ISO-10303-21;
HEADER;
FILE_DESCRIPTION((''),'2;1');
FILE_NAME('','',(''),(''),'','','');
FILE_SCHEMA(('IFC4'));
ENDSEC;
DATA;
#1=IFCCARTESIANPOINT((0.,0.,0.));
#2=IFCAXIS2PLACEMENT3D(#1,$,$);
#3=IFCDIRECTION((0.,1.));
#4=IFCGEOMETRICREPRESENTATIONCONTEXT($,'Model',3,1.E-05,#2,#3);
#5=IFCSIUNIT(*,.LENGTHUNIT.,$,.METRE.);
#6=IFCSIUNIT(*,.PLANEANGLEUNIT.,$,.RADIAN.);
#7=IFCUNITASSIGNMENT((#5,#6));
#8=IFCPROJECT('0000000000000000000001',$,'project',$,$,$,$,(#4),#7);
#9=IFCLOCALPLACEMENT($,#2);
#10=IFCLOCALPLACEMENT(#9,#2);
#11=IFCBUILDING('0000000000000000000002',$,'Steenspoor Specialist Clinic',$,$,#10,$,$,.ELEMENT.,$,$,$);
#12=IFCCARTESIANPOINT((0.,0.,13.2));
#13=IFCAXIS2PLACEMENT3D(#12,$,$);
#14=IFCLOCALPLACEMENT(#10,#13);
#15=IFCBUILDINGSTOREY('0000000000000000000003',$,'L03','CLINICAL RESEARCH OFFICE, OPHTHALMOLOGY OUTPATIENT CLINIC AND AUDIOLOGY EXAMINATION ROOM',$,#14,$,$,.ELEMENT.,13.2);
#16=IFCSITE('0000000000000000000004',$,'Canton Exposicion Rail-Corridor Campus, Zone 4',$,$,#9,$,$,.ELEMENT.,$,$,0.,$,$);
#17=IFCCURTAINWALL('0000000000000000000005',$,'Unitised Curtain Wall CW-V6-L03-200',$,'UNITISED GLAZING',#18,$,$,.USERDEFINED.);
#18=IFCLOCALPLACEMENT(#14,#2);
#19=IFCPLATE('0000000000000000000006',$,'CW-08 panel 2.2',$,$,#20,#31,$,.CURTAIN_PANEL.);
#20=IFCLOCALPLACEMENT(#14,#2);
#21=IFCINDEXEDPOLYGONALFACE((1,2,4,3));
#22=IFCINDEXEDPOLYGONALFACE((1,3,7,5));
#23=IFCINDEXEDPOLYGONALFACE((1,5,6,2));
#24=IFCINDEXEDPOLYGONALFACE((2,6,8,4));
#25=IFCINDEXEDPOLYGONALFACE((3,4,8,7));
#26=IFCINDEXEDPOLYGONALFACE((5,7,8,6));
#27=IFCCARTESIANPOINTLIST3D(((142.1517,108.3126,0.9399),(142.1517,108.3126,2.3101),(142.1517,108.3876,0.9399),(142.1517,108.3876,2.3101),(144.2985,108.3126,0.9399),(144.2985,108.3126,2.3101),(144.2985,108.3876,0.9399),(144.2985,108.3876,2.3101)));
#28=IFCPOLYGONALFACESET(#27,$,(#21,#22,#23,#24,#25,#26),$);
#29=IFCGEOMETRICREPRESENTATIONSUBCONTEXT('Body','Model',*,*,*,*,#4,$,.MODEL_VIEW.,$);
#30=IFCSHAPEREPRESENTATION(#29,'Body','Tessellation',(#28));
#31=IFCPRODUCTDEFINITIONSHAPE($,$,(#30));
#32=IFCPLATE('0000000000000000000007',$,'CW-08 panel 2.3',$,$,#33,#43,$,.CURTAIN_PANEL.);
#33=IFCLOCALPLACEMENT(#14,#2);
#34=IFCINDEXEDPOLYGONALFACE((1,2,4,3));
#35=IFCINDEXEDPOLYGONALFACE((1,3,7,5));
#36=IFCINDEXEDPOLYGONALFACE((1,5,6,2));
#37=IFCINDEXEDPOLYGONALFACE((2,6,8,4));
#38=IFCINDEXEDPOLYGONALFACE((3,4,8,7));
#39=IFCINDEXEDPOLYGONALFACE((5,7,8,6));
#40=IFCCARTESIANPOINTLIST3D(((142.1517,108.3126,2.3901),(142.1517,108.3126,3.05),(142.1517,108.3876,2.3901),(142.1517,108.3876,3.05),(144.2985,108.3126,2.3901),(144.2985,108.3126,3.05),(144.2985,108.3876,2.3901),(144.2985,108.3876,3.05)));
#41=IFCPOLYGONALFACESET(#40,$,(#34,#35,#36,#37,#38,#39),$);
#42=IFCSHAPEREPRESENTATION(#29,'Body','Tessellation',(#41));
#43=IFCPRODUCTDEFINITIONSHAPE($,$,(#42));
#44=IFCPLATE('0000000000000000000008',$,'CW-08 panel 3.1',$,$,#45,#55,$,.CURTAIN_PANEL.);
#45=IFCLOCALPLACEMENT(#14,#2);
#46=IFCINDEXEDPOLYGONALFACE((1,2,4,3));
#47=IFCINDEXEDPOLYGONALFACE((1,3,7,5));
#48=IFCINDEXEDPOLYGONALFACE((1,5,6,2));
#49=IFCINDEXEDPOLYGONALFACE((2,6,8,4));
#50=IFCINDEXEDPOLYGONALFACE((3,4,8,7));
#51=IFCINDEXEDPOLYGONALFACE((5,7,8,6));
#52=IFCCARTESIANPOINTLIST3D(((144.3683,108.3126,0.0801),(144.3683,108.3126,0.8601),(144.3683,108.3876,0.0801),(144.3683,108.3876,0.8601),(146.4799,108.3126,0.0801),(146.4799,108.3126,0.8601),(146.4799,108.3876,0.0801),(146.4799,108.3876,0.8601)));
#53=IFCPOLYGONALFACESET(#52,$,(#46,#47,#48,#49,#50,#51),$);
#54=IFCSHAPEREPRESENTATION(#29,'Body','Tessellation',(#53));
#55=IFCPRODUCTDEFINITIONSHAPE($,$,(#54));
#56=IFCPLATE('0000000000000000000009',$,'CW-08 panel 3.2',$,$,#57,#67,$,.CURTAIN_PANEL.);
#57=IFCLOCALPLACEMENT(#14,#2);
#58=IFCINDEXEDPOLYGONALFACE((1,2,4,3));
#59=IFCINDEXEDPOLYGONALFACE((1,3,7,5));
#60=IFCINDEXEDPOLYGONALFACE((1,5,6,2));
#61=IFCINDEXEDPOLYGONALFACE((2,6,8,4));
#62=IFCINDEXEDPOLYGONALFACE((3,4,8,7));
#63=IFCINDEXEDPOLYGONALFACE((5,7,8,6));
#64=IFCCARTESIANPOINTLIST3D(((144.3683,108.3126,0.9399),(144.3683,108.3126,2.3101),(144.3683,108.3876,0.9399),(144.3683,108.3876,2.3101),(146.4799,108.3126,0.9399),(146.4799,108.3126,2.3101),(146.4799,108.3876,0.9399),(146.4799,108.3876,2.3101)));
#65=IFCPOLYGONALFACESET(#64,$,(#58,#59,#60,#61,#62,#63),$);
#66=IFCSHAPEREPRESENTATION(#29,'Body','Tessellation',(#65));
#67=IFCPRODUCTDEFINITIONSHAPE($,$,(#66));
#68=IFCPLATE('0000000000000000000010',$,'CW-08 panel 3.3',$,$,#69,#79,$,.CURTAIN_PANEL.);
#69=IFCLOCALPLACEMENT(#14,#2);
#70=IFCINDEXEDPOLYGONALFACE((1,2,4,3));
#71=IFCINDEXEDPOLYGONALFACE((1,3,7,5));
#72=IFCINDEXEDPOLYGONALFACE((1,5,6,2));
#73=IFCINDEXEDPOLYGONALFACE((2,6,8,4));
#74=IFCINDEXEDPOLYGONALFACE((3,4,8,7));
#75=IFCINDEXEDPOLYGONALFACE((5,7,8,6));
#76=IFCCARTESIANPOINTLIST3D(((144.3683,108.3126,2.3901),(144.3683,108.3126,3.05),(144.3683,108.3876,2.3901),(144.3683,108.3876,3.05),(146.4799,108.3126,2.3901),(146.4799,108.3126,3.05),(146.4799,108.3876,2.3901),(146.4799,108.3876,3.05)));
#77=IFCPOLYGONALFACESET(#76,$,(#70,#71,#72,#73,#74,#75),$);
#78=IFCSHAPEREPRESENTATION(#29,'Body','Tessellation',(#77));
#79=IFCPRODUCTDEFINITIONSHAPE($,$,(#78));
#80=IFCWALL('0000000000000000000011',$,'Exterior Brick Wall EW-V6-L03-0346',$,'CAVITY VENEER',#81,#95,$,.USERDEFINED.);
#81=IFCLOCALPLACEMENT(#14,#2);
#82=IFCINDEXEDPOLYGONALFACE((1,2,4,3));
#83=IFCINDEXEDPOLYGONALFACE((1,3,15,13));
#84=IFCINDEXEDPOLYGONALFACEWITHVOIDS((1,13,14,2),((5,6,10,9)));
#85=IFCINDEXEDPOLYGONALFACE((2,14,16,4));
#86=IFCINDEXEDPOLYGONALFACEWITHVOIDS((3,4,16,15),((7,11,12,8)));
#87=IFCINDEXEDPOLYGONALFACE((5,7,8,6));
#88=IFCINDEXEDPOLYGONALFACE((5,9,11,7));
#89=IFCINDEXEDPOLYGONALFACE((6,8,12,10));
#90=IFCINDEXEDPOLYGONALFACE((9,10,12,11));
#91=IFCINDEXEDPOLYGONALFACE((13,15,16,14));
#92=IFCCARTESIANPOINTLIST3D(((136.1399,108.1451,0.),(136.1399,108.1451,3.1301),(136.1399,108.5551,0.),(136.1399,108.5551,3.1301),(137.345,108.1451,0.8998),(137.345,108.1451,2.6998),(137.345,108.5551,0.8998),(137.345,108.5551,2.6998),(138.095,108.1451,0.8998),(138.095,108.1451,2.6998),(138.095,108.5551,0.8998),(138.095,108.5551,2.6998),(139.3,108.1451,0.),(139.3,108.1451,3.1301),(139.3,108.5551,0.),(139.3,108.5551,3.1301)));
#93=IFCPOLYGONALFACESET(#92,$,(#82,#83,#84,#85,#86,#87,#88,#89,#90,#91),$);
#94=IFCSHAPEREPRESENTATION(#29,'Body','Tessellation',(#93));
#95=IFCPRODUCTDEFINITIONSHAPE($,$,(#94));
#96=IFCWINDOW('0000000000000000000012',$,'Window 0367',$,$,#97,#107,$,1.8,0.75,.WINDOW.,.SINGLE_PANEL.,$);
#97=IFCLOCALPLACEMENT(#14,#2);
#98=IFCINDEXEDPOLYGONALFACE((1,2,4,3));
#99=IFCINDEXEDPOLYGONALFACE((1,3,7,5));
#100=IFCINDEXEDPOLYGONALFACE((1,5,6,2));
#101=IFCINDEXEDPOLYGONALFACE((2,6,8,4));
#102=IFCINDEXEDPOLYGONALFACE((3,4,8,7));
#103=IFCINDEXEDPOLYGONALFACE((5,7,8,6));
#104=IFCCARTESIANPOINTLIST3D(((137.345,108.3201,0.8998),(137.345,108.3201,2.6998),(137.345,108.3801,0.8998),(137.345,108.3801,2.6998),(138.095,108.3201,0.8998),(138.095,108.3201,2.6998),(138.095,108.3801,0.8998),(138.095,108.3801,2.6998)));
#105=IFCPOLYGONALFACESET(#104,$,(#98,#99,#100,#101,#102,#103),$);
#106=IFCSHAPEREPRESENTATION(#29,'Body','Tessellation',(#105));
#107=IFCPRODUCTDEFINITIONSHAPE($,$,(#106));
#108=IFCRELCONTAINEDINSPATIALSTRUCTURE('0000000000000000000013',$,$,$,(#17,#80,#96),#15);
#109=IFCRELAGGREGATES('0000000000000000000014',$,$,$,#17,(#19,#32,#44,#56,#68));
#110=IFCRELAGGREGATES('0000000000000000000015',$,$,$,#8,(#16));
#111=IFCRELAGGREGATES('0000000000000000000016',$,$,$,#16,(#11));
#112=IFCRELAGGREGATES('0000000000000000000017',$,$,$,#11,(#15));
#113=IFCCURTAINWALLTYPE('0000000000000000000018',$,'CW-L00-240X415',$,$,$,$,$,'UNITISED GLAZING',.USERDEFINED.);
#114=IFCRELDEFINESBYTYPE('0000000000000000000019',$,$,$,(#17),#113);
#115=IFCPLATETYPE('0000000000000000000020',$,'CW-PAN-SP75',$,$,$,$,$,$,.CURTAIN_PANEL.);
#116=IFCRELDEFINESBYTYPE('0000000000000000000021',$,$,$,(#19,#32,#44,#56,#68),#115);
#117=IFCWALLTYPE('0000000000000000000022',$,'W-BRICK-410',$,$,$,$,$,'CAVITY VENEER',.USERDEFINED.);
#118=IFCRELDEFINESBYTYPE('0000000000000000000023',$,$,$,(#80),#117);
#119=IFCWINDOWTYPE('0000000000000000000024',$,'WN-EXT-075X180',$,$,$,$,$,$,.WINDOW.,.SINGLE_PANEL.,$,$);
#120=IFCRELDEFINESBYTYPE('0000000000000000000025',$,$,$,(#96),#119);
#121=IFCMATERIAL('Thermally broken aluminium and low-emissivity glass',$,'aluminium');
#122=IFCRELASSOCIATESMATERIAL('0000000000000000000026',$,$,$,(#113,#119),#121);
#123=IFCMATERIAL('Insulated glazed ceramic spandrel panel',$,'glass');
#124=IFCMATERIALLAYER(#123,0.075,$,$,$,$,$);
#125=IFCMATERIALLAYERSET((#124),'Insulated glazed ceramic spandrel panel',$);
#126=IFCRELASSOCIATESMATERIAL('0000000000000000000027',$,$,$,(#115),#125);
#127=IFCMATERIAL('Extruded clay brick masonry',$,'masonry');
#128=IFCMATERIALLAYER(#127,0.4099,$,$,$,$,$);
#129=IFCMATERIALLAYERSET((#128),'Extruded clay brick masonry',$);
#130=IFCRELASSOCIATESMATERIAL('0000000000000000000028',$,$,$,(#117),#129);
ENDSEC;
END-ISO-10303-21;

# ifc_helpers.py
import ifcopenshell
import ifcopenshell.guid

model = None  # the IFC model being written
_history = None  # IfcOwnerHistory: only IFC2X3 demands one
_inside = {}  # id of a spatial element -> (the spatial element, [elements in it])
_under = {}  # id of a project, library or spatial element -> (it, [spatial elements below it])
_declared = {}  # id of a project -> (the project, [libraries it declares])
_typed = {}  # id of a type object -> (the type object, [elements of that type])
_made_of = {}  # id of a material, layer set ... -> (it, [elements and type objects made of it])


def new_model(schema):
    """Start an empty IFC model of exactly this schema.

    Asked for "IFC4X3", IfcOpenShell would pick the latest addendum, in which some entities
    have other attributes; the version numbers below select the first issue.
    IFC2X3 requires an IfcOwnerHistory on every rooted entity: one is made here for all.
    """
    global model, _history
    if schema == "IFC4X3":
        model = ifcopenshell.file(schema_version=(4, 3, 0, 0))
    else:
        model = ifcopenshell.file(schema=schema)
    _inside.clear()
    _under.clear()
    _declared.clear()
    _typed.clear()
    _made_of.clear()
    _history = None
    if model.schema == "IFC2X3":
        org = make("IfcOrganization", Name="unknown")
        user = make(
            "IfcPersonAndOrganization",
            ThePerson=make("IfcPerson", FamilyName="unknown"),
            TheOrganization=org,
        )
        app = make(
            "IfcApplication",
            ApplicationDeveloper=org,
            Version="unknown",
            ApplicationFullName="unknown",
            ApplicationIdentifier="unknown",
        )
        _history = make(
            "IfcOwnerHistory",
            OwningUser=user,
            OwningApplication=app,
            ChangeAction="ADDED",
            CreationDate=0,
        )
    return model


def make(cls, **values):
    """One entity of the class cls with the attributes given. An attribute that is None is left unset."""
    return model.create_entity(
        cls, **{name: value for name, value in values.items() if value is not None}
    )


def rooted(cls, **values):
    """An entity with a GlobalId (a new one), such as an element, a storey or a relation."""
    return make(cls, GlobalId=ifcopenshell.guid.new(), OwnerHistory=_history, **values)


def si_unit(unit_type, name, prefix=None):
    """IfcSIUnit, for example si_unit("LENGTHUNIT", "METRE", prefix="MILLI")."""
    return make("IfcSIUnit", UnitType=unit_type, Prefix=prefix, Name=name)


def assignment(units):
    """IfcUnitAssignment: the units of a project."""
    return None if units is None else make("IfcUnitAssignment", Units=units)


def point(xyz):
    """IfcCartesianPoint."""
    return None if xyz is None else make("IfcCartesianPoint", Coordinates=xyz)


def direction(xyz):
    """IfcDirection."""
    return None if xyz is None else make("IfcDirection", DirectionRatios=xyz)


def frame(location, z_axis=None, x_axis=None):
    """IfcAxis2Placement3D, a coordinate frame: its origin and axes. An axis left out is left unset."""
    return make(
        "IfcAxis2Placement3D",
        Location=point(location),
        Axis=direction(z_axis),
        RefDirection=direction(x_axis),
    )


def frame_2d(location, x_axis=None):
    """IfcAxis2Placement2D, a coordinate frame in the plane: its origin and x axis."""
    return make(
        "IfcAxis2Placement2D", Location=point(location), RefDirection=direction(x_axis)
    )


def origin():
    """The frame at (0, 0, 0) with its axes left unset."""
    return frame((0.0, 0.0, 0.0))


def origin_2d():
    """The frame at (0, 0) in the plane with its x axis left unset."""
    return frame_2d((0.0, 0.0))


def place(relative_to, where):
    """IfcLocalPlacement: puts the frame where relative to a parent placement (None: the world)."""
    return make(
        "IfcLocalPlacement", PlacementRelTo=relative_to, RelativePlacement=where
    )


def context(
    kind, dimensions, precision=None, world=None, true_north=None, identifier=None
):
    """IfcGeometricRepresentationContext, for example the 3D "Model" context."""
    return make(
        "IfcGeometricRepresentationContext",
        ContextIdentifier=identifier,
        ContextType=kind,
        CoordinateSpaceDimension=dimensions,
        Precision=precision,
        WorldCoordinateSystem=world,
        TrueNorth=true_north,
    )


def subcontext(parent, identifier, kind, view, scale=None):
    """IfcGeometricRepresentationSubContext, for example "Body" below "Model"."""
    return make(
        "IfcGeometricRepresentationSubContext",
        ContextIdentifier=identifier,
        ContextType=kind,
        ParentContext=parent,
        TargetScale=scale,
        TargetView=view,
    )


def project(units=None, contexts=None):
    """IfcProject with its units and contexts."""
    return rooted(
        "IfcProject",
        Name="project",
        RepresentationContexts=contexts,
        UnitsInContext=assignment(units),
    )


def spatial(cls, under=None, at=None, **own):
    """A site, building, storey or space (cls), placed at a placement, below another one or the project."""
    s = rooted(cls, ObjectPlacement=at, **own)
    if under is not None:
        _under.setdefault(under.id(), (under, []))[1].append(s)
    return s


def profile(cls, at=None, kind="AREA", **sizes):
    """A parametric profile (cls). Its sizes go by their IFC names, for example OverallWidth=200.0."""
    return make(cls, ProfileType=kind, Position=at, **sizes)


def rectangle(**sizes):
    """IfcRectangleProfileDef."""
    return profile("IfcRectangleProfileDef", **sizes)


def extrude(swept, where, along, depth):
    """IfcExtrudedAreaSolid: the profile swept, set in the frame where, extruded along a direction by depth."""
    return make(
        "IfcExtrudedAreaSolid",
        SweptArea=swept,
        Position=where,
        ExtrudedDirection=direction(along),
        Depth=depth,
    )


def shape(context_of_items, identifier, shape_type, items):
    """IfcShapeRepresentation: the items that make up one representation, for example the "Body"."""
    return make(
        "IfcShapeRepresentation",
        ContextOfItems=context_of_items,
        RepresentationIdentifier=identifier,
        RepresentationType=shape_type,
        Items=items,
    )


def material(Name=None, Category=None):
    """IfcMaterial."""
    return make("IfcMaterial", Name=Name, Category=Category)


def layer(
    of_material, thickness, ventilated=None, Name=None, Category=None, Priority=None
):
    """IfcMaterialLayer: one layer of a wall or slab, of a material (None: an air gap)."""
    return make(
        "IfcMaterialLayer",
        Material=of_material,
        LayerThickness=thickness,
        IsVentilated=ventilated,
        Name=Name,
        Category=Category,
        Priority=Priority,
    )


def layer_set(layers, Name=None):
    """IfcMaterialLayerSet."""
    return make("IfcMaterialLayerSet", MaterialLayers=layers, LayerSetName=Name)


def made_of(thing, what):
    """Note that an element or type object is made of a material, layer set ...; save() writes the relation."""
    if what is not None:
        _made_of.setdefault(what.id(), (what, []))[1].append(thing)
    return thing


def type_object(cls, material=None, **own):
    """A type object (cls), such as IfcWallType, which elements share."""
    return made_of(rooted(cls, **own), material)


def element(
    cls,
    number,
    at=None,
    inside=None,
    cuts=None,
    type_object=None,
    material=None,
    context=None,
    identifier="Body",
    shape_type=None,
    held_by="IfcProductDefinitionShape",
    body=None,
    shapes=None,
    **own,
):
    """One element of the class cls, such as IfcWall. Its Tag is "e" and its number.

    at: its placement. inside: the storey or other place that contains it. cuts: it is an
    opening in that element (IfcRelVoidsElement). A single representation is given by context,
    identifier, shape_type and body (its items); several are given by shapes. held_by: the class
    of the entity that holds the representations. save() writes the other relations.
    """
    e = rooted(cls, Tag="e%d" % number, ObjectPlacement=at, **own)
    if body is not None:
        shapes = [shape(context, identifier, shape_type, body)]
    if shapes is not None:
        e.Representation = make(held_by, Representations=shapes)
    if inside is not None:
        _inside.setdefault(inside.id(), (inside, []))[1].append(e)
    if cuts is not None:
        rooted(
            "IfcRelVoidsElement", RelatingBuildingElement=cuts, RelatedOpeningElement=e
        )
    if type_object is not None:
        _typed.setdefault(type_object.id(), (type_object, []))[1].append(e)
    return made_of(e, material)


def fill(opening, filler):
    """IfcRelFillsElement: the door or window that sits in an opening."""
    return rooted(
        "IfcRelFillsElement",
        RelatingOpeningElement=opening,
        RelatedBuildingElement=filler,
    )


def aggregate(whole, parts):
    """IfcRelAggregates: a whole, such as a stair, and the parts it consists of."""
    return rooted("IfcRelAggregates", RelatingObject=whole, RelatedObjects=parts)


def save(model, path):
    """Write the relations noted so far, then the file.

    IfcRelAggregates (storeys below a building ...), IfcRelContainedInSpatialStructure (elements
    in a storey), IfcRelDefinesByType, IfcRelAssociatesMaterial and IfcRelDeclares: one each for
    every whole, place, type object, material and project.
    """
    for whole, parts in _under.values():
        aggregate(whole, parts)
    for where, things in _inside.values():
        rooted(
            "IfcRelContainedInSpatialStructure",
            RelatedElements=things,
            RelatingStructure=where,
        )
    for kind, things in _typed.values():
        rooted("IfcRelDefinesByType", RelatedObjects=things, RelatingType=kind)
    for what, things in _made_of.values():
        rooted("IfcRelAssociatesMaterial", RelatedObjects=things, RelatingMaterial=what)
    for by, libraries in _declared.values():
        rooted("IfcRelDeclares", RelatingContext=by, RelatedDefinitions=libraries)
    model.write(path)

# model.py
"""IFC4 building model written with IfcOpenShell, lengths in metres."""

from ifc_helpers import new_model, si_unit, direction, frame, frame_2d, origin, origin_2d, place, context, subcontext, project, spatial, rectangle, extrude, material, layer, layer_set, type_object, element, fill, aggregate, save


model = new_model("IFC4")

# Units and contexts
model_context = context("Model", 3, precision=1e-05, world=origin(), true_north=direction((0.0, 1.0)))
body_context = subcontext(model_context, "Body", "Model", "MODEL_VIEW")
ifc_project = project(units=[si_unit("LENGTHUNIT", "METRE"), si_unit("PLANEANGLEUNIT", "RADIAN")], contexts=[model_context])

# Site, building, storey
site_placement = place(None, origin())
site = spatial("IfcSite", under=ifc_project, at=site_placement, Name="Canton Exposicion Rail-Corridor Campus, Zone 4", CompositionType="ELEMENT", RefElevation=0.0)
building_placement = place(site_placement, origin())
building = spatial("IfcBuilding", under=site, at=building_placement, Name="Steenspoor Specialist Clinic", CompositionType="ELEMENT")
storey_placement = place(building_placement, frame((0.0, 0.0, 13.2)))
storey = spatial("IfcBuildingStorey", under=building, at=storey_placement, Name="L03", Description="CLINICAL RESEARCH OFFICE, OPHTHALMOLOGY OUTPATIENT CLINIC AND AUDIOLOGY EXAMINATION ROOM", CompositionType="ELEMENT", Elevation=13.2)

# Curtain wall
ifc_material_1 = material(Name="Thermally broken aluminium and low-emissivity glass", Category="aluminium")
curtain_wall_type_1 = type_object("IfcCurtainWallType", Name="CW-L00-240X415", ElementType="UNITISED GLAZING", PredefinedType="USERDEFINED", material=ifc_material_1)
curtain_wall_1_placement = place(storey_placement, origin())
curtain_wall_1 = element("IfcCurtainWall", 1, at=curtain_wall_1_placement, inside=storey, type_object=curtain_wall_type_1, Name="Unitised Curtain Wall CW-V6-L03-200", ObjectType="UNITISED GLAZING", PredefinedType="USERDEFINED")

# Plates
ifc_material_2 = material(Name="Insulated glazed ceramic spandrel panel", Category="glass")
ifc_layer_1 = layer(ifc_material_2, 0.075)
ifc_layer_set_1 = layer_set([ifc_layer_1], Name="Insulated glazed ceramic spandrel panel")
plate_type_1 = type_object("IfcPlateType", Name="CW-PAN-SP75", PredefinedType="CURTAIN_PANEL", material=ifc_layer_set_1)
plate_1_placement = place(storey_placement, frame((143.2251, 108.3501, 0.9399), z_axis=(0.0, 0.0, 1.0), x_axis=(1.0, 0.0, 0.0)))
plate_1 = element("IfcPlate", 2, at=plate_1_placement, type_object=plate_type_1, Name="CW-08 panel 2.2", PredefinedType="CURTAIN_PANEL", context=body_context, shape_type="SweptSolid", body=[
    extrude(rectangle(XDim=2.1467, YDim=0.075, at=origin_2d()), origin(), (0.0, 0.0, 1.0), 1.3701),
])
plate_2_placement = place(storey_placement, frame((143.2251, 108.3501, 2.3901), z_axis=(0.0, 0.0, 1.0), x_axis=(1.0, 0.0, 0.0)))
plate_2 = element("IfcPlate", 3, at=plate_2_placement, type_object=plate_type_1, Name="CW-08 panel 2.3", PredefinedType="CURTAIN_PANEL", context=body_context, shape_type="SweptSolid", body=[
    extrude(rectangle(XDim=2.1467, YDim=0.075, at=origin_2d()), origin(), (0.0, 0.0, 1.0), 0.6599),
])
plate_3_placement = place(storey_placement, frame((145.4241, 108.3501, 0.0801), z_axis=(0.0, 0.0, 1.0), x_axis=(1.0, 0.0, 0.0)))
plate_3 = element("IfcPlate", 4, at=plate_3_placement, type_object=plate_type_1, Name="CW-08 panel 3.1", PredefinedType="CURTAIN_PANEL", context=body_context, shape_type="SweptSolid", body=[
    extrude(rectangle(XDim=2.1116, YDim=0.075, at=origin_2d()), origin(), (0.0, 0.0, 1.0), 0.78),
])
plate_4_placement = place(storey_placement, frame((145.4241, 108.3501, 0.9399), z_axis=(0.0, 0.0, 1.0), x_axis=(1.0, 0.0, 0.0)))
plate_4 = element("IfcPlate", 5, at=plate_4_placement, type_object=plate_type_1, Name="CW-08 panel 3.2", PredefinedType="CURTAIN_PANEL", context=body_context, shape_type="SweptSolid", body=[
    extrude(rectangle(XDim=2.1116, YDim=0.075, at=origin_2d()), origin(), (0.0, 0.0, 1.0), 1.3701),
])
plate_5_placement = place(storey_placement, frame((145.4241, 108.3501, 2.3901), z_axis=(0.0, 0.0, 1.0), x_axis=(1.0, 0.0, 0.0)))
plate_5 = element("IfcPlate", 6, at=plate_5_placement, type_object=plate_type_1, Name="CW-08 panel 3.3", PredefinedType="CURTAIN_PANEL", context=body_context, shape_type="SweptSolid", body=[
    extrude(rectangle(XDim=2.1116, YDim=0.075, at=origin_2d()), origin(), (0.0, 0.0, 1.0), 0.6599),
])
aggregate(curtain_wall_1, [plate_1, plate_2, plate_3, plate_4, plate_5])

# Wall, opening, window
ifc_material_3 = material(Name="Extruded clay brick masonry", Category="masonry")
ifc_layer_2 = layer(ifc_material_3, 0.4099)
ifc_layer_set_2 = layer_set([ifc_layer_2], Name="Extruded clay brick masonry")
wall_type = type_object("IfcWallType", Name="W-BRICK-410", ElementType="CAVITY VENEER", PredefinedType="USERDEFINED", material=ifc_layer_set_2)
wall_placement = place(storey_placement, frame((136.1399, 108.3501, 0.0), z_axis=(0.0, 0.0, 1.0), x_axis=(1.0, 0.0, 0.0)))
wall = element("IfcWall", 7, at=wall_placement, inside=storey, type_object=wall_type, Name="Exterior Brick Wall EW-V6-L03-0346", ObjectType="CAVITY VENEER", PredefinedType="USERDEFINED", context=body_context, shape_type="SweptSolid", body=[
    extrude(rectangle(XDim=3.1602, YDim=0.4099, at=frame_2d((1.5801, 0.0))), origin(), (0.0, 0.0, 1.0), 3.1301),
])
opening_placement = place(wall_placement, frame((1.2051, 0.0, 0.8999)))
opening = element("IfcOpeningElement", 8, at=opening_placement, cuts=wall, PredefinedType="OPENING", context=body_context, shape_type="SweptSolid", body=[
    extrude(rectangle(XDim=0.75, YDim=1.8, at=frame_2d((0.375, 0.8999))), frame((0.0, 0.2148, 0.0), z_axis=(0.0, -1.0, 0.0), x_axis=(1.0, 0.0, 0.0)), (0.0, 0.0, 1.0), 0.4299),
])
window_type = type_object("IfcWindowType", Name="WN-EXT-075X180", PartitioningType="SINGLE_PANEL", PredefinedType="WINDOW", material=ifc_material_1)
window_placement = place(opening_placement, origin())
window = element("IfcWindow", 9, at=window_placement, inside=storey, type_object=window_type, Name="Window 0367", OverallHeight=1.8, OverallWidth=0.75, PartitioningType="SINGLE_PANEL", PredefinedType="WINDOW", context=body_context, shape_type="SweptSolid", body=[
    extrude(rectangle(XDim=0.75, YDim=1.8, at=frame_2d((0.375, 0.8999))), frame((0.0, 0.03, 0.0), z_axis=(0.0, -1.0, 0.0), x_axis=(1.0, 0.0, 0.0)), (0.0, 0.0, 1.0), 0.0601),
])
fill(opening, window)

save(model, "model.ifc")
